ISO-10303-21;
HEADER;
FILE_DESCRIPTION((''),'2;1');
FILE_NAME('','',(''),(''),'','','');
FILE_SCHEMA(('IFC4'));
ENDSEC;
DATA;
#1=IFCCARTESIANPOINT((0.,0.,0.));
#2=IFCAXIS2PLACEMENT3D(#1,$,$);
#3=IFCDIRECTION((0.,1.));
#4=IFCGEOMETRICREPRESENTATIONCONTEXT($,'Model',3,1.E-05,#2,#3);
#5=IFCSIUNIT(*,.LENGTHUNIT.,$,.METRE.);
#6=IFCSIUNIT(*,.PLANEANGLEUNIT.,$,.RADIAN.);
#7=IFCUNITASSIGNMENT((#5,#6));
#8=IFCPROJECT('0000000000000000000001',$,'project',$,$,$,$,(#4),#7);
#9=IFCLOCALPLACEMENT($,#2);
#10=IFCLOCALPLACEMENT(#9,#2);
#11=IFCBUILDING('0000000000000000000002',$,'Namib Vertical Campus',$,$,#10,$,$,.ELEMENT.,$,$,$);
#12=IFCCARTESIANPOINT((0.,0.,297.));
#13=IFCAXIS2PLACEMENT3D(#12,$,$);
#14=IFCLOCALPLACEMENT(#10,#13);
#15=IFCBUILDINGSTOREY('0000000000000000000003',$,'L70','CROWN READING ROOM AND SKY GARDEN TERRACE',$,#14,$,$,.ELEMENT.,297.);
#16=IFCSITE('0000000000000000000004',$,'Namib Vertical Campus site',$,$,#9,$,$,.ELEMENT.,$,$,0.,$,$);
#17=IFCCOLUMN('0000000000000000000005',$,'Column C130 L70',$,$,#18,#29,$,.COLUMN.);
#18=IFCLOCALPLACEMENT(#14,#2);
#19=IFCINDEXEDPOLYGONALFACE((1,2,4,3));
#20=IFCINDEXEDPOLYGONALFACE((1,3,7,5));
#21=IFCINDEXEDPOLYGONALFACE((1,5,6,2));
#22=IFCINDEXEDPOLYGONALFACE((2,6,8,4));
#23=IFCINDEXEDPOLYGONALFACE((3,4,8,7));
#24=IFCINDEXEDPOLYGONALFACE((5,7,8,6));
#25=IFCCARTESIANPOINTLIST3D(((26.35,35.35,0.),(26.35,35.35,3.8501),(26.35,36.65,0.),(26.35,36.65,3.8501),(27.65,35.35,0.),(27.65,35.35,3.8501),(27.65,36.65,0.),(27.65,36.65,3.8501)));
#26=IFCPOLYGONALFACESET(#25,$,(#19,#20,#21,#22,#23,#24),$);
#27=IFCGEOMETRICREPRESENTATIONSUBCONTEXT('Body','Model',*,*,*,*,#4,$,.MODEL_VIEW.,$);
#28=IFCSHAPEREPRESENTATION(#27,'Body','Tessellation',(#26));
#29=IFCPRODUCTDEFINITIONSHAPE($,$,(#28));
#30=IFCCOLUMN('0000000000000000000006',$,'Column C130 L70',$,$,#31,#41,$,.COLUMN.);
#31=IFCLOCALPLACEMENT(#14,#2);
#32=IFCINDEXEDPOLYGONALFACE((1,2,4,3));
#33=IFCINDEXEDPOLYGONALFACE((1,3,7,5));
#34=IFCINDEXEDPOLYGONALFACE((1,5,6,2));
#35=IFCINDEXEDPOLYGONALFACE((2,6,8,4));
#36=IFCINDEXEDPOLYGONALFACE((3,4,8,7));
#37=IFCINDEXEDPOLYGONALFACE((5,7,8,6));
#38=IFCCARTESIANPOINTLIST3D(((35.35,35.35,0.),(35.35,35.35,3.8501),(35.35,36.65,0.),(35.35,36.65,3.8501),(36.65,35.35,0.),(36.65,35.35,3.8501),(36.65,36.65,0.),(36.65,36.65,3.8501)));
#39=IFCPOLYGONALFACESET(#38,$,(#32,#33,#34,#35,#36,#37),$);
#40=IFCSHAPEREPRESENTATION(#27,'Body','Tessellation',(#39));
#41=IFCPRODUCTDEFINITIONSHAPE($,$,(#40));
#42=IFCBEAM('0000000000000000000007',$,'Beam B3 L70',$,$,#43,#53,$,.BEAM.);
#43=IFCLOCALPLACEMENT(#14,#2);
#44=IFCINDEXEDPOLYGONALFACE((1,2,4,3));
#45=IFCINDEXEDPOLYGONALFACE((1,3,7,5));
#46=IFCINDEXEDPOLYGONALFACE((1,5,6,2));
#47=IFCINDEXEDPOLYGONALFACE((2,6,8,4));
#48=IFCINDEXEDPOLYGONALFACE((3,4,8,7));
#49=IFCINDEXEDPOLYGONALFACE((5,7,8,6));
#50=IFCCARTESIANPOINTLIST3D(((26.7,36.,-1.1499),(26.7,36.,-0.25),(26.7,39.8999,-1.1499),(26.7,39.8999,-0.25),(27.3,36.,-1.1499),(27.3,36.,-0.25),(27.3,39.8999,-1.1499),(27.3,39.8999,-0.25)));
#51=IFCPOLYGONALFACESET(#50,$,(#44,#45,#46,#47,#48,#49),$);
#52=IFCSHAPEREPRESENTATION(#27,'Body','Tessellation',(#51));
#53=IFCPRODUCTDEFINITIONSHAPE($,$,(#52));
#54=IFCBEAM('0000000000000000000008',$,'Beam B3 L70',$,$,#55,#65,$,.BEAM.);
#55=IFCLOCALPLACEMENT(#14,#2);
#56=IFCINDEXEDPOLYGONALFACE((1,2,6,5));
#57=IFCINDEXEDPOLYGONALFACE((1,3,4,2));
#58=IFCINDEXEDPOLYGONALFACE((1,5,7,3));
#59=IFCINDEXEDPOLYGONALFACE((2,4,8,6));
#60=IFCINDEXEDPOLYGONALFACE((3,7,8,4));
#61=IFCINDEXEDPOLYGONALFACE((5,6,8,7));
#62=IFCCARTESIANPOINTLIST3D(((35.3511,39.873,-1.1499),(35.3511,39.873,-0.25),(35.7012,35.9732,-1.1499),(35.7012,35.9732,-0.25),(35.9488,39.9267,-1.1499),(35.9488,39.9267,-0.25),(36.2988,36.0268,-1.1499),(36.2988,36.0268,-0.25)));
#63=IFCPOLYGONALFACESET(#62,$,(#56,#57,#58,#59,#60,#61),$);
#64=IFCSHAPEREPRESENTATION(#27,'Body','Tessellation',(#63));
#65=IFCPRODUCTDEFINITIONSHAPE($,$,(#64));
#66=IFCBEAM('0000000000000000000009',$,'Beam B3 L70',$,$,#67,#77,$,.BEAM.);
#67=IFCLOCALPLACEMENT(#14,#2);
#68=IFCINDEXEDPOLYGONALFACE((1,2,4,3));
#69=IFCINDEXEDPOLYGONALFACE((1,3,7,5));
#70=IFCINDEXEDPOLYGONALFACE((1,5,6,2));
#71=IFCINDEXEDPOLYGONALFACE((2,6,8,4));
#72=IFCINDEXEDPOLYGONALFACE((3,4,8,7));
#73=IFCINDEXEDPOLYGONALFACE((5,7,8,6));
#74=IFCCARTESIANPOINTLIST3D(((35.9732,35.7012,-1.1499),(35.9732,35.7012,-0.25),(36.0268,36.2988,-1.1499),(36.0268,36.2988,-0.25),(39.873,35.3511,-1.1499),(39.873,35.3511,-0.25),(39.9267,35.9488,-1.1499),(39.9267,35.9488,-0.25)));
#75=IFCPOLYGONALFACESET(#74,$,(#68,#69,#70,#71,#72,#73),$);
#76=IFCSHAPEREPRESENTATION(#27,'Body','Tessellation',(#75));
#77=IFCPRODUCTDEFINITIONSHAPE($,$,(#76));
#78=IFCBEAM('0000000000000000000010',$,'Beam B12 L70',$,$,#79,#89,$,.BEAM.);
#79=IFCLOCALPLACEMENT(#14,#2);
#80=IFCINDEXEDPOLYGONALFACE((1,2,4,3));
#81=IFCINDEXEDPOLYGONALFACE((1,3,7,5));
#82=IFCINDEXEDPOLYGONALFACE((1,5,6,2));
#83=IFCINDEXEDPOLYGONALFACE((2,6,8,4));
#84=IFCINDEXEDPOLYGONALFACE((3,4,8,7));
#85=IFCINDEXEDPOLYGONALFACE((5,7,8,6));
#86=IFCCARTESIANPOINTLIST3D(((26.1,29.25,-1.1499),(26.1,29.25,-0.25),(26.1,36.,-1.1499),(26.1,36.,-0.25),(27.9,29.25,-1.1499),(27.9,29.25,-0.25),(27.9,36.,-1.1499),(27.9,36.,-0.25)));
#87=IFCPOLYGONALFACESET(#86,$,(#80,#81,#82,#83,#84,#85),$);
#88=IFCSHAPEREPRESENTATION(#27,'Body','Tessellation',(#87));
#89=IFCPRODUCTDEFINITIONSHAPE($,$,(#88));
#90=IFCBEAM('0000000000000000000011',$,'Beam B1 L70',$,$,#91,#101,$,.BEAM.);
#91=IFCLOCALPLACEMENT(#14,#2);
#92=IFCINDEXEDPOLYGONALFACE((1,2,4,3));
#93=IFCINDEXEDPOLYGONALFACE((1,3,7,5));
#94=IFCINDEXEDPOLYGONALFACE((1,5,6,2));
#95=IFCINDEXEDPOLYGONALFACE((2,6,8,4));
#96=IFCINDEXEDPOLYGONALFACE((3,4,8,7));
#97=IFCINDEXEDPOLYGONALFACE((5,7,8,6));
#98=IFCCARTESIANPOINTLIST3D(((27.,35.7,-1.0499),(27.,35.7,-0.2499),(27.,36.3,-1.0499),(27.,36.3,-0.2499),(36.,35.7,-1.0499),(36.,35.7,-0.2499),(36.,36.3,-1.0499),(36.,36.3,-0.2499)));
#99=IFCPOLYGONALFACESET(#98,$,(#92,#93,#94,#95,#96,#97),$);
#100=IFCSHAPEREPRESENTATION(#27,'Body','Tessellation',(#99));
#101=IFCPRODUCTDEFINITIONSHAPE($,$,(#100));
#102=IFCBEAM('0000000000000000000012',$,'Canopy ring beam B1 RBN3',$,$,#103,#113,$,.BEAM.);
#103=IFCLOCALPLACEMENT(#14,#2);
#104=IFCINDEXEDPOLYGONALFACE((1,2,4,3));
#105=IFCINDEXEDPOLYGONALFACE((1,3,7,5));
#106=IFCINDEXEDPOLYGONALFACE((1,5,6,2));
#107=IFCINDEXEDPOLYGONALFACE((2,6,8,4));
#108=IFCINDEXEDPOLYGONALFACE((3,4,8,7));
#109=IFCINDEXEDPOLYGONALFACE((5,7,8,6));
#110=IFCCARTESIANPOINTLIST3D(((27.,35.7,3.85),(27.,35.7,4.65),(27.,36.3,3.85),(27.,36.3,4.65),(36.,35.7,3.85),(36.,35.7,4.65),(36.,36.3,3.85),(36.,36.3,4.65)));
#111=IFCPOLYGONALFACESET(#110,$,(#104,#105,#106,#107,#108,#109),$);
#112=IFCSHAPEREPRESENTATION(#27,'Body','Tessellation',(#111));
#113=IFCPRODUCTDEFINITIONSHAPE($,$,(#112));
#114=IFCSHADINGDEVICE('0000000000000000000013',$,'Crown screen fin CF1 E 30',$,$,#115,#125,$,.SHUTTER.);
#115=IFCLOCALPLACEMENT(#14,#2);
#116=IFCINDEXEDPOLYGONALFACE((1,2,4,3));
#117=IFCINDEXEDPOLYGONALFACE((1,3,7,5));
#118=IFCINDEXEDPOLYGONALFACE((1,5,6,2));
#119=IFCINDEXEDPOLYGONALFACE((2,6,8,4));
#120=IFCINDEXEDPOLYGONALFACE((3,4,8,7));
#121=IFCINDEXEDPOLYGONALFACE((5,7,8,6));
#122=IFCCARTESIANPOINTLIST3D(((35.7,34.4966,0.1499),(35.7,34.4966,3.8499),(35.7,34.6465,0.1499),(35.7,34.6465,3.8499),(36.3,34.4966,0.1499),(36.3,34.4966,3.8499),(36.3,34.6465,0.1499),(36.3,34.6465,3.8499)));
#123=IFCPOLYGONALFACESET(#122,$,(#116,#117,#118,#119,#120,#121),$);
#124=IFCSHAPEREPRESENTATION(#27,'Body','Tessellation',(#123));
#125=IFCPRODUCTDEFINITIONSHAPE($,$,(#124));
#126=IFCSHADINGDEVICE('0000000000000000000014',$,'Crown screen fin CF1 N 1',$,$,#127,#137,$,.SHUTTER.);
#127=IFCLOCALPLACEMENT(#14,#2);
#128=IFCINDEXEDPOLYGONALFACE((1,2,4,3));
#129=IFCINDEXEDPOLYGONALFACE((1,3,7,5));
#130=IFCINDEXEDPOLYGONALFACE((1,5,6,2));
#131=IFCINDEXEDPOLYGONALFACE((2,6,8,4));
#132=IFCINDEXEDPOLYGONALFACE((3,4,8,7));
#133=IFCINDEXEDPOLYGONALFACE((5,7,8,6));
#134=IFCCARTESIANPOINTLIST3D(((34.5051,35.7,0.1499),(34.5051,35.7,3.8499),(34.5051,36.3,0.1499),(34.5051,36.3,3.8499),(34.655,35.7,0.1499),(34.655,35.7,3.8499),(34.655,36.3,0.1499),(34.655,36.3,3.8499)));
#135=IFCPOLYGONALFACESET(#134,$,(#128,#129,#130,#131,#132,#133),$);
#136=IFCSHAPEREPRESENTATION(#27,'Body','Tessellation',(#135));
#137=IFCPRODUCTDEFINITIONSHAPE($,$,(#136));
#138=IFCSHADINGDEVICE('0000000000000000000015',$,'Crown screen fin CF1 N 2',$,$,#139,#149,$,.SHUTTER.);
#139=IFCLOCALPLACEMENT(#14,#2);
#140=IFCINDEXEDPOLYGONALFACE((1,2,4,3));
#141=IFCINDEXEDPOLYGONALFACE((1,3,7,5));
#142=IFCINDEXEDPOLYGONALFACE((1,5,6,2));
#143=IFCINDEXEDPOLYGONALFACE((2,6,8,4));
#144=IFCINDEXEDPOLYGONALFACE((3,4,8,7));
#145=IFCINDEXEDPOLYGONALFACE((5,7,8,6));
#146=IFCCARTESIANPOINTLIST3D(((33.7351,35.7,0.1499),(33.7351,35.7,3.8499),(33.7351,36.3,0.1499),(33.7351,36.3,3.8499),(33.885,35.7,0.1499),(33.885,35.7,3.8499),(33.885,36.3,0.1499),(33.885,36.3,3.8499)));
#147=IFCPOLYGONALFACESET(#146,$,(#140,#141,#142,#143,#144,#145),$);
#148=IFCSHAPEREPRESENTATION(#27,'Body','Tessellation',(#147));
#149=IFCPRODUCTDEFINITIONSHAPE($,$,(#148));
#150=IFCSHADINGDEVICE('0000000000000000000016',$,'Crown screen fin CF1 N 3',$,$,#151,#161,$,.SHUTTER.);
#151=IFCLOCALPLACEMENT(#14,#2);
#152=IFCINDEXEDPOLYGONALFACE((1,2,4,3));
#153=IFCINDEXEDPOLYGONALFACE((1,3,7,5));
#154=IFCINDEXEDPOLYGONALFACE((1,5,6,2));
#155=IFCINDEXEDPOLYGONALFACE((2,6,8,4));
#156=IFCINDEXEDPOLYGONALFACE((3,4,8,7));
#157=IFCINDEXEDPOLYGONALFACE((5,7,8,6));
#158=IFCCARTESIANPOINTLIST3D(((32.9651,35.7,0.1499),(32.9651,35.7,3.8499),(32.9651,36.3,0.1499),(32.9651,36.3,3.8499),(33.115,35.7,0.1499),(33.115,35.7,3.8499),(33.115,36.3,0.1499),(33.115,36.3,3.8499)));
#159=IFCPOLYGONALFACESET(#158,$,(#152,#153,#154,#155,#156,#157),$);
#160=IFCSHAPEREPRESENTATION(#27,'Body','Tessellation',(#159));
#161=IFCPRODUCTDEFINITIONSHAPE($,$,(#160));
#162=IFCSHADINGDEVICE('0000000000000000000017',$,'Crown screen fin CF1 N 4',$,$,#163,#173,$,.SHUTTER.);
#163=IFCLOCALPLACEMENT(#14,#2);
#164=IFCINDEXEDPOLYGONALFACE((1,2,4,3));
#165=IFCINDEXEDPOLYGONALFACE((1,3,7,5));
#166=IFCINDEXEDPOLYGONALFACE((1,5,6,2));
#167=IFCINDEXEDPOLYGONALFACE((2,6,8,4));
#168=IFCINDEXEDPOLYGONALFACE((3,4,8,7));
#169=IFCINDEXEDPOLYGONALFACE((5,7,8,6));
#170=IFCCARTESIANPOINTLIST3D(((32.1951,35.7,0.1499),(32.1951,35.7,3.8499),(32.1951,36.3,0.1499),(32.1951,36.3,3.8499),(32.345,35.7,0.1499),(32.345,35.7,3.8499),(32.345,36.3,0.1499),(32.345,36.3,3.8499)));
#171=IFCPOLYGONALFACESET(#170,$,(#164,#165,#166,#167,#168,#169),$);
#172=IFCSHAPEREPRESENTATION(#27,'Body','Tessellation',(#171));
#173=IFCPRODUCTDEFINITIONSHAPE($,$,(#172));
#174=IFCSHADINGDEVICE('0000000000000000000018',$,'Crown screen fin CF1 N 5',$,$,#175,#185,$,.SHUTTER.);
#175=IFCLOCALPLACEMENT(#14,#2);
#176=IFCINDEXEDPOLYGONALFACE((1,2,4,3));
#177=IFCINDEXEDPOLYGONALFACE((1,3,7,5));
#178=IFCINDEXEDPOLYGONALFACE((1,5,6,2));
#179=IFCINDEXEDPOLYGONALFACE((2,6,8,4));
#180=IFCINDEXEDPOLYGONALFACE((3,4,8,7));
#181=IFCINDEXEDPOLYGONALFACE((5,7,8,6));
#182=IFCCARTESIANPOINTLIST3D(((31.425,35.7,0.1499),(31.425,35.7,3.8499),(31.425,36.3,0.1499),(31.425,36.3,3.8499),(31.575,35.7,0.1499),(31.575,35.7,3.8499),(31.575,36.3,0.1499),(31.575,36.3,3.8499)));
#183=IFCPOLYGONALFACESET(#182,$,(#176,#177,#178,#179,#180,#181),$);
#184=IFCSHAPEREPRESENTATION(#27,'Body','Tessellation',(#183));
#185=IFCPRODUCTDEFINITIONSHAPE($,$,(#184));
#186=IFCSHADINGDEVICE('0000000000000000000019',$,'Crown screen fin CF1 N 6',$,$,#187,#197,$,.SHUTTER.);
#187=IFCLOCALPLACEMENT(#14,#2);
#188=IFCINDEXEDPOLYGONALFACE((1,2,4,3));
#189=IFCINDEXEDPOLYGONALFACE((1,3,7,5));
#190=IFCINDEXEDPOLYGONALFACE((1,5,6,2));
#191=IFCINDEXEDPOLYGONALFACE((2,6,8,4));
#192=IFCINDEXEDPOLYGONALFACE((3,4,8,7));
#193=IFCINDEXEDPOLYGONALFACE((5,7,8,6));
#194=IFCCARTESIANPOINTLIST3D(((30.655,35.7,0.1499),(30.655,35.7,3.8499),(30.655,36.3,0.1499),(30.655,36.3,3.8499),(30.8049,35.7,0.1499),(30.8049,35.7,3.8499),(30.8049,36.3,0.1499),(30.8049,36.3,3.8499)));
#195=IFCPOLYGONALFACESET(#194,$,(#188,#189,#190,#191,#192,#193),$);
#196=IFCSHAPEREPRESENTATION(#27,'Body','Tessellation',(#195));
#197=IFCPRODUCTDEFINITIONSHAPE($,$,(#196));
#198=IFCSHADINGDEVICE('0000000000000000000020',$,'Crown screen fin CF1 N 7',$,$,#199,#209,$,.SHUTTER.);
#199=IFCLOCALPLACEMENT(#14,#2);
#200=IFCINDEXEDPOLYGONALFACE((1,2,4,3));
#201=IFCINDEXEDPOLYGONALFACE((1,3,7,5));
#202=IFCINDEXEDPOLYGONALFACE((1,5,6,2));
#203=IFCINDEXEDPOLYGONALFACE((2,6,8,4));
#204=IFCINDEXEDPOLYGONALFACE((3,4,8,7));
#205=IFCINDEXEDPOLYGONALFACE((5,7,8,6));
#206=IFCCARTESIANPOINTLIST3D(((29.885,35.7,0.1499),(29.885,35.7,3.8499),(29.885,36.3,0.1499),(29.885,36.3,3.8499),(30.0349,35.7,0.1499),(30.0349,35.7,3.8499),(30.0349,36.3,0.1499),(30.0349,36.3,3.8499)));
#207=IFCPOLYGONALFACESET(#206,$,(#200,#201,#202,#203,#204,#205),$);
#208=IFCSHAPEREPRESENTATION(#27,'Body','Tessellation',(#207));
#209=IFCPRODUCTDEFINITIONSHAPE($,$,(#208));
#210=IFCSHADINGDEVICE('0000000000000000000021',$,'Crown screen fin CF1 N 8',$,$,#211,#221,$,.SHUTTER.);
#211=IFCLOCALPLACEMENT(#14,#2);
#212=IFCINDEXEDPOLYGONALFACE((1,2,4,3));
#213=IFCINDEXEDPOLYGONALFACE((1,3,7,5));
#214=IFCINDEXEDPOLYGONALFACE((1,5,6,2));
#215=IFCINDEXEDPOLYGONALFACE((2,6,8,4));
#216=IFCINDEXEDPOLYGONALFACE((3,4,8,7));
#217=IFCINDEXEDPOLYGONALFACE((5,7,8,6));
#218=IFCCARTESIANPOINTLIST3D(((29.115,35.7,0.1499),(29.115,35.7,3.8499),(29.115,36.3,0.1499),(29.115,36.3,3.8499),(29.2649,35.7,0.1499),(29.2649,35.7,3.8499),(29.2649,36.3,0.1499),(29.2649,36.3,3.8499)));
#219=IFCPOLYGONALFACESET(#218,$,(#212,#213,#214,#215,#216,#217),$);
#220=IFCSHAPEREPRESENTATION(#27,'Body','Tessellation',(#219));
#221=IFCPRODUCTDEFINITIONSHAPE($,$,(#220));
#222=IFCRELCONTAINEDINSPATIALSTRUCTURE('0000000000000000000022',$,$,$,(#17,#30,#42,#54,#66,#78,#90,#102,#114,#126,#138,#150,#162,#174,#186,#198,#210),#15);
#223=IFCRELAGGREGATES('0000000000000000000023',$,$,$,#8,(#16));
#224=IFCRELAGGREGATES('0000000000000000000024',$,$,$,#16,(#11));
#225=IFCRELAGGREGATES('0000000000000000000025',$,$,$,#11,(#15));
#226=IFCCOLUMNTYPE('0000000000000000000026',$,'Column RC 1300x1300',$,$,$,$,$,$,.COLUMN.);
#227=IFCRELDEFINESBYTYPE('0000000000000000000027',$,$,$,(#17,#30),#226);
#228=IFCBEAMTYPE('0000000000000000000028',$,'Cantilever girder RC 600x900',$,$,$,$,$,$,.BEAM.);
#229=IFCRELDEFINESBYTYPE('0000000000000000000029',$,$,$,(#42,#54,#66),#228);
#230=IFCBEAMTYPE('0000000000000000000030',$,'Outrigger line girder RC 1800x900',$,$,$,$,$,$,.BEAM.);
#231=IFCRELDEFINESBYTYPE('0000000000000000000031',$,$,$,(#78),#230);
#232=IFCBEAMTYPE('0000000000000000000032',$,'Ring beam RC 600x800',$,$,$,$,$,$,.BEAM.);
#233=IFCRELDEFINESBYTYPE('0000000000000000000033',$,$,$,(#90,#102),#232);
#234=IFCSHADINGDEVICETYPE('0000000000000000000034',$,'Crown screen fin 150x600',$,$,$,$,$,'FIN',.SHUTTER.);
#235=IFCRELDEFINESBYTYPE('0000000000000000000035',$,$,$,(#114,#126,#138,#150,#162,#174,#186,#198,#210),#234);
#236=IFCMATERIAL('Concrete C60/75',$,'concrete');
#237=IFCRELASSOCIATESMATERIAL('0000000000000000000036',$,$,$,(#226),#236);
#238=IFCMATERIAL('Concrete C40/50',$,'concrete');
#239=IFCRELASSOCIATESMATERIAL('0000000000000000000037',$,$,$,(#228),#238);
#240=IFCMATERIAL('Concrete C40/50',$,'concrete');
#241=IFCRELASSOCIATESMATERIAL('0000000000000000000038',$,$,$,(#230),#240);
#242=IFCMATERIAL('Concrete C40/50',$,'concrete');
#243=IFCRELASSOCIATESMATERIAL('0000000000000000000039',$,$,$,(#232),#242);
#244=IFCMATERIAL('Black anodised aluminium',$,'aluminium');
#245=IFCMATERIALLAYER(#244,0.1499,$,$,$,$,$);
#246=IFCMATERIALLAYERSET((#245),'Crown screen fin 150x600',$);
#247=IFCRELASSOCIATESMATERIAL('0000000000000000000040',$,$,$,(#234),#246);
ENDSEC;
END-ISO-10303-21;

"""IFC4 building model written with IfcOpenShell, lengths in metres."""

from ifc_helpers import new_model, si_unit, direction, frame, origin, origin_2d, place, context, subcontext, project, spatial, rectangle, extrude, material, layer, layer_set, material_profile, profile_set, type_object, element, save


model = new_model("IFC4")

# Units and contexts
model_context = context("Model", 3, precision=1e-05, world=origin(), true_north=direction((0.0, 1.0)))
body_context = subcontext(model_context, "Body", "Model", "MODEL_VIEW")
ifc_project = project(units=[si_unit("LENGTHUNIT", "METRE"), si_unit("PLANEANGLEUNIT", "RADIAN")], contexts=[model_context])

# Site, building, storey
site_placement = place(None, origin())
site = spatial("IfcSite", under=ifc_project, at=site_placement, Name="Namib Vertical Campus site", CompositionType="ELEMENT", RefElevation=0.0)
building_placement = place(site_placement, origin())
building = spatial("IfcBuilding", under=site, at=building_placement, Name="Namib Vertical Campus", CompositionType="ELEMENT")
storey_placement = place(building_placement, frame((0.0, 0.0, 297.0)))
storey = spatial("IfcBuildingStorey", under=building, at=storey_placement, Name="L70", Description="CROWN READING ROOM AND SKY GARDEN TERRACE", CompositionType="ELEMENT", Elevation=297.0)

# Columns
ifc_material_1 = material(Name="Concrete C60/75", Category="concrete")
ifc_material_profile_1 = material_profile(ifc_material_1, rectangle(XDim=1.3, YDim=1.3, at=origin_2d()))
ifc_profile_set_1 = profile_set([ifc_material_profile_1], Name="Concrete C60/75")
column_type = type_object("IfcColumnType", Name="Column RC 1300x1300", PredefinedType="COLUMN", material=ifc_profile_set_1)
for number, where, z_axis, x_axis, name in (
    (1, (27.0, 36.0, 0.0), (0.0, 0.0, 1.0), (1.0, 0.0, 0.0), "Column C130 L70"),
    (2, (36.0, 36.0, 0.0), (0.0, 0.0, 1.0), (1.0, 0.0, 0.0), "Column C130 L70"),
):
    element("IfcColumn", number, at=place(storey_placement, frame(where, z_axis=z_axis, x_axis=x_axis)), inside=storey, type_object=column_type, Name=name, PredefinedType="COLUMN", context=body_context, shape_type="SweptSolid", body=[
        extrude(rectangle(XDim=1.3, YDim=1.3, at=origin_2d()), origin(), (0.0, 0.0, 1.0), 3.8501),
    ])

# Beams
ifc_material_2 = material(Name="Concrete C40/50", Category="concrete")
ifc_material_profile_2 = material_profile(ifc_material_2, rectangle(XDim=0.6001, YDim=0.8999, at=origin_2d()))
ifc_profile_set_2 = profile_set([ifc_material_profile_2], Name="Concrete C40/50")
beam_type_1 = type_object("IfcBeamType", Name="Cantilever girder RC 600x900", PredefinedType="BEAM", material=ifc_profile_set_2)
beam_1_placement = place(storey_placement, frame((27.0, 36.0, -0.7), z_axis=(0.0, 1.0, 0.0), x_axis=(-1.0, 0.0, 0.0)))
element("IfcBeam", 3, at=beam_1_placement, inside=storey, type_object=beam_type_1, Name="Beam B3 L70", PredefinedType="BEAM", context=body_context, shape_type="SweptSolid", body=[
    extrude(rectangle(XDim=0.6001, YDim=0.8999, at=origin_2d()), origin(), (0.0, 0.0, 1.0), 3.8999),
])
for number, where, z_axis, x_axis, name in (
    (4, (36.0, 36.0, -0.7), (-0.089411, 0.995995, 0.0), (-0.995995, -0.089411, 0.0), "Beam B3 L70"),
    (5, (36.0, 36.0, -0.7), (0.995995, -0.089411, 0.0), (0.089411, 0.995995, 0.0), "Beam B3 L70"),
):
    element("IfcBeam", number, at=place(storey_placement, frame(where, z_axis=z_axis, x_axis=x_axis)), inside=storey, type_object=beam_type_1, Name=name, PredefinedType="BEAM", context=body_context, shape_type="SweptSolid", body=[
        extrude(rectangle(XDim=0.6001, YDim=0.8999, at=origin_2d()), origin(), (0.0, 0.0, 1.0), 3.9155),
    ])
ifc_material_3 = material(Name="Concrete C40/50", Category="concrete")
ifc_material_profile_3 = material_profile(ifc_material_3, rectangle(XDim=1.8, YDim=0.8999, at=origin_2d()))
ifc_profile_set_3 = profile_set([ifc_material_profile_3], Name="Concrete C40/50")
beam_type_2 = type_object("IfcBeamType", Name="Outrigger line girder RC 1800x900", PredefinedType="BEAM", material=ifc_profile_set_3)
beam_2_placement = place(storey_placement, frame((27.0, 36.0, -0.7), z_axis=(0.0, -1.0, 0.0), x_axis=(1.0, 0.0, 0.0)))
element("IfcBeam", 6, at=beam_2_placement, inside=storey, type_object=beam_type_2, Name="Beam B12 L70", PredefinedType="BEAM", context=body_context, shape_type="SweptSolid", body=[
    extrude(rectangle(XDim=1.8, YDim=0.8999, at=origin_2d()), origin(), (0.0, 0.0, 1.0), 6.75),
])
ifc_material_4 = material(Name="Concrete C40/50", Category="concrete")
ifc_material_profile_4 = material_profile(ifc_material_4, rectangle(XDim=0.6001, YDim=0.8, at=origin_2d()))
ifc_profile_set_4 = profile_set([ifc_material_profile_4], Name="Concrete C40/50")
beam_type_3 = type_object("IfcBeamType", Name="Ring beam RC 600x800", PredefinedType="BEAM", material=ifc_profile_set_4)
for number, where, z_axis, x_axis, name in (
    (7, (27.0, 36.0, -0.6499), (1.0, 0.0, 0.0), (0.0, 1.0, 0.0), "Beam B1 L70"),
    (8, (27.0, 36.0, 4.25), (1.0, 0.0, 0.0), (0.0, 1.0, 0.0), "Canopy ring beam B1 RBN3"),
):
    element("IfcBeam", number, at=place(storey_placement, frame(where, z_axis=z_axis, x_axis=x_axis)), inside=storey, type_object=beam_type_3, Name=name, PredefinedType="BEAM", context=body_context, shape_type="SweptSolid", body=[
        extrude(rectangle(XDim=0.6001, YDim=0.8, at=origin_2d()), origin(), (0.0, 0.0, 1.0), 9.0),
    ])

# Shading devices
ifc_material_5 = material(Name="Black anodised aluminium", Category="aluminium")
ifc_layer = layer(ifc_material_5, 0.1499)
ifc_layer_set = layer_set([ifc_layer], Name="Crown screen fin 150x600")
shading_device_type = type_object("IfcShadingDeviceType", Name="Crown screen fin 150x600", ElementType="FIN", PredefinedType="SHUTTER", material=ifc_layer_set)
for number, where, z_axis, x_axis, name in (
    (9, (36.0, 34.5715, 0.1499), (0.0, 0.0, 1.0), (0.0, 1.0, 0.0), "Crown screen fin CF1 E 30"),
    (10, (34.5801, 36.0, 0.1499), (0.0, 0.0, 1.0), (-1.0, 0.0, 0.0), "Crown screen fin CF1 N 1"),
    (11, (33.8101, 36.0, 0.1499), (0.0, 0.0, 1.0), (-1.0, 0.0, 0.0), "Crown screen fin CF1 N 2"),
    (12, (33.04, 36.0, 0.1499), (0.0, 0.0, 1.0), (-1.0, 0.0, 0.0), "Crown screen fin CF1 N 3"),
    (13, (32.27, 36.0, 0.1499), (0.0, 0.0, 1.0), (-1.0, 0.0, 0.0), "Crown screen fin CF1 N 4"),
    (14, (31.5, 36.0, 0.1499), (0.0, 0.0, 1.0), (-1.0, 0.0, 0.0), "Crown screen fin CF1 N 5"),
    (15, (30.73, 36.0, 0.1499), (0.0, 0.0, 1.0), (-1.0, 0.0, 0.0), "Crown screen fin CF1 N 6"),
    (16, (29.96, 36.0, 0.1499), (0.0, 0.0, 1.0), (-1.0, 0.0, 0.0), "Crown screen fin CF1 N 7"),
    (17, (29.1899, 36.0, 0.1499), (0.0, 0.0, 1.0), (-1.0, 0.0, 0.0), "Crown screen fin CF1 N 8"),
):
    element("IfcShadingDevice", number, at=place(storey_placement, frame(where, z_axis=z_axis, x_axis=x_axis)), inside=storey, type_object=shading_device_type, Name=name, PredefinedType="SHUTTER", context=body_context, shape_type="SweptSolid", body=[
        extrude(rectangle(XDim=0.1499, YDim=0.6001, at=origin_2d()), origin(), (0.0, 0.0, 1.0), 3.7),
    ])

save(model, "model.ifc")
